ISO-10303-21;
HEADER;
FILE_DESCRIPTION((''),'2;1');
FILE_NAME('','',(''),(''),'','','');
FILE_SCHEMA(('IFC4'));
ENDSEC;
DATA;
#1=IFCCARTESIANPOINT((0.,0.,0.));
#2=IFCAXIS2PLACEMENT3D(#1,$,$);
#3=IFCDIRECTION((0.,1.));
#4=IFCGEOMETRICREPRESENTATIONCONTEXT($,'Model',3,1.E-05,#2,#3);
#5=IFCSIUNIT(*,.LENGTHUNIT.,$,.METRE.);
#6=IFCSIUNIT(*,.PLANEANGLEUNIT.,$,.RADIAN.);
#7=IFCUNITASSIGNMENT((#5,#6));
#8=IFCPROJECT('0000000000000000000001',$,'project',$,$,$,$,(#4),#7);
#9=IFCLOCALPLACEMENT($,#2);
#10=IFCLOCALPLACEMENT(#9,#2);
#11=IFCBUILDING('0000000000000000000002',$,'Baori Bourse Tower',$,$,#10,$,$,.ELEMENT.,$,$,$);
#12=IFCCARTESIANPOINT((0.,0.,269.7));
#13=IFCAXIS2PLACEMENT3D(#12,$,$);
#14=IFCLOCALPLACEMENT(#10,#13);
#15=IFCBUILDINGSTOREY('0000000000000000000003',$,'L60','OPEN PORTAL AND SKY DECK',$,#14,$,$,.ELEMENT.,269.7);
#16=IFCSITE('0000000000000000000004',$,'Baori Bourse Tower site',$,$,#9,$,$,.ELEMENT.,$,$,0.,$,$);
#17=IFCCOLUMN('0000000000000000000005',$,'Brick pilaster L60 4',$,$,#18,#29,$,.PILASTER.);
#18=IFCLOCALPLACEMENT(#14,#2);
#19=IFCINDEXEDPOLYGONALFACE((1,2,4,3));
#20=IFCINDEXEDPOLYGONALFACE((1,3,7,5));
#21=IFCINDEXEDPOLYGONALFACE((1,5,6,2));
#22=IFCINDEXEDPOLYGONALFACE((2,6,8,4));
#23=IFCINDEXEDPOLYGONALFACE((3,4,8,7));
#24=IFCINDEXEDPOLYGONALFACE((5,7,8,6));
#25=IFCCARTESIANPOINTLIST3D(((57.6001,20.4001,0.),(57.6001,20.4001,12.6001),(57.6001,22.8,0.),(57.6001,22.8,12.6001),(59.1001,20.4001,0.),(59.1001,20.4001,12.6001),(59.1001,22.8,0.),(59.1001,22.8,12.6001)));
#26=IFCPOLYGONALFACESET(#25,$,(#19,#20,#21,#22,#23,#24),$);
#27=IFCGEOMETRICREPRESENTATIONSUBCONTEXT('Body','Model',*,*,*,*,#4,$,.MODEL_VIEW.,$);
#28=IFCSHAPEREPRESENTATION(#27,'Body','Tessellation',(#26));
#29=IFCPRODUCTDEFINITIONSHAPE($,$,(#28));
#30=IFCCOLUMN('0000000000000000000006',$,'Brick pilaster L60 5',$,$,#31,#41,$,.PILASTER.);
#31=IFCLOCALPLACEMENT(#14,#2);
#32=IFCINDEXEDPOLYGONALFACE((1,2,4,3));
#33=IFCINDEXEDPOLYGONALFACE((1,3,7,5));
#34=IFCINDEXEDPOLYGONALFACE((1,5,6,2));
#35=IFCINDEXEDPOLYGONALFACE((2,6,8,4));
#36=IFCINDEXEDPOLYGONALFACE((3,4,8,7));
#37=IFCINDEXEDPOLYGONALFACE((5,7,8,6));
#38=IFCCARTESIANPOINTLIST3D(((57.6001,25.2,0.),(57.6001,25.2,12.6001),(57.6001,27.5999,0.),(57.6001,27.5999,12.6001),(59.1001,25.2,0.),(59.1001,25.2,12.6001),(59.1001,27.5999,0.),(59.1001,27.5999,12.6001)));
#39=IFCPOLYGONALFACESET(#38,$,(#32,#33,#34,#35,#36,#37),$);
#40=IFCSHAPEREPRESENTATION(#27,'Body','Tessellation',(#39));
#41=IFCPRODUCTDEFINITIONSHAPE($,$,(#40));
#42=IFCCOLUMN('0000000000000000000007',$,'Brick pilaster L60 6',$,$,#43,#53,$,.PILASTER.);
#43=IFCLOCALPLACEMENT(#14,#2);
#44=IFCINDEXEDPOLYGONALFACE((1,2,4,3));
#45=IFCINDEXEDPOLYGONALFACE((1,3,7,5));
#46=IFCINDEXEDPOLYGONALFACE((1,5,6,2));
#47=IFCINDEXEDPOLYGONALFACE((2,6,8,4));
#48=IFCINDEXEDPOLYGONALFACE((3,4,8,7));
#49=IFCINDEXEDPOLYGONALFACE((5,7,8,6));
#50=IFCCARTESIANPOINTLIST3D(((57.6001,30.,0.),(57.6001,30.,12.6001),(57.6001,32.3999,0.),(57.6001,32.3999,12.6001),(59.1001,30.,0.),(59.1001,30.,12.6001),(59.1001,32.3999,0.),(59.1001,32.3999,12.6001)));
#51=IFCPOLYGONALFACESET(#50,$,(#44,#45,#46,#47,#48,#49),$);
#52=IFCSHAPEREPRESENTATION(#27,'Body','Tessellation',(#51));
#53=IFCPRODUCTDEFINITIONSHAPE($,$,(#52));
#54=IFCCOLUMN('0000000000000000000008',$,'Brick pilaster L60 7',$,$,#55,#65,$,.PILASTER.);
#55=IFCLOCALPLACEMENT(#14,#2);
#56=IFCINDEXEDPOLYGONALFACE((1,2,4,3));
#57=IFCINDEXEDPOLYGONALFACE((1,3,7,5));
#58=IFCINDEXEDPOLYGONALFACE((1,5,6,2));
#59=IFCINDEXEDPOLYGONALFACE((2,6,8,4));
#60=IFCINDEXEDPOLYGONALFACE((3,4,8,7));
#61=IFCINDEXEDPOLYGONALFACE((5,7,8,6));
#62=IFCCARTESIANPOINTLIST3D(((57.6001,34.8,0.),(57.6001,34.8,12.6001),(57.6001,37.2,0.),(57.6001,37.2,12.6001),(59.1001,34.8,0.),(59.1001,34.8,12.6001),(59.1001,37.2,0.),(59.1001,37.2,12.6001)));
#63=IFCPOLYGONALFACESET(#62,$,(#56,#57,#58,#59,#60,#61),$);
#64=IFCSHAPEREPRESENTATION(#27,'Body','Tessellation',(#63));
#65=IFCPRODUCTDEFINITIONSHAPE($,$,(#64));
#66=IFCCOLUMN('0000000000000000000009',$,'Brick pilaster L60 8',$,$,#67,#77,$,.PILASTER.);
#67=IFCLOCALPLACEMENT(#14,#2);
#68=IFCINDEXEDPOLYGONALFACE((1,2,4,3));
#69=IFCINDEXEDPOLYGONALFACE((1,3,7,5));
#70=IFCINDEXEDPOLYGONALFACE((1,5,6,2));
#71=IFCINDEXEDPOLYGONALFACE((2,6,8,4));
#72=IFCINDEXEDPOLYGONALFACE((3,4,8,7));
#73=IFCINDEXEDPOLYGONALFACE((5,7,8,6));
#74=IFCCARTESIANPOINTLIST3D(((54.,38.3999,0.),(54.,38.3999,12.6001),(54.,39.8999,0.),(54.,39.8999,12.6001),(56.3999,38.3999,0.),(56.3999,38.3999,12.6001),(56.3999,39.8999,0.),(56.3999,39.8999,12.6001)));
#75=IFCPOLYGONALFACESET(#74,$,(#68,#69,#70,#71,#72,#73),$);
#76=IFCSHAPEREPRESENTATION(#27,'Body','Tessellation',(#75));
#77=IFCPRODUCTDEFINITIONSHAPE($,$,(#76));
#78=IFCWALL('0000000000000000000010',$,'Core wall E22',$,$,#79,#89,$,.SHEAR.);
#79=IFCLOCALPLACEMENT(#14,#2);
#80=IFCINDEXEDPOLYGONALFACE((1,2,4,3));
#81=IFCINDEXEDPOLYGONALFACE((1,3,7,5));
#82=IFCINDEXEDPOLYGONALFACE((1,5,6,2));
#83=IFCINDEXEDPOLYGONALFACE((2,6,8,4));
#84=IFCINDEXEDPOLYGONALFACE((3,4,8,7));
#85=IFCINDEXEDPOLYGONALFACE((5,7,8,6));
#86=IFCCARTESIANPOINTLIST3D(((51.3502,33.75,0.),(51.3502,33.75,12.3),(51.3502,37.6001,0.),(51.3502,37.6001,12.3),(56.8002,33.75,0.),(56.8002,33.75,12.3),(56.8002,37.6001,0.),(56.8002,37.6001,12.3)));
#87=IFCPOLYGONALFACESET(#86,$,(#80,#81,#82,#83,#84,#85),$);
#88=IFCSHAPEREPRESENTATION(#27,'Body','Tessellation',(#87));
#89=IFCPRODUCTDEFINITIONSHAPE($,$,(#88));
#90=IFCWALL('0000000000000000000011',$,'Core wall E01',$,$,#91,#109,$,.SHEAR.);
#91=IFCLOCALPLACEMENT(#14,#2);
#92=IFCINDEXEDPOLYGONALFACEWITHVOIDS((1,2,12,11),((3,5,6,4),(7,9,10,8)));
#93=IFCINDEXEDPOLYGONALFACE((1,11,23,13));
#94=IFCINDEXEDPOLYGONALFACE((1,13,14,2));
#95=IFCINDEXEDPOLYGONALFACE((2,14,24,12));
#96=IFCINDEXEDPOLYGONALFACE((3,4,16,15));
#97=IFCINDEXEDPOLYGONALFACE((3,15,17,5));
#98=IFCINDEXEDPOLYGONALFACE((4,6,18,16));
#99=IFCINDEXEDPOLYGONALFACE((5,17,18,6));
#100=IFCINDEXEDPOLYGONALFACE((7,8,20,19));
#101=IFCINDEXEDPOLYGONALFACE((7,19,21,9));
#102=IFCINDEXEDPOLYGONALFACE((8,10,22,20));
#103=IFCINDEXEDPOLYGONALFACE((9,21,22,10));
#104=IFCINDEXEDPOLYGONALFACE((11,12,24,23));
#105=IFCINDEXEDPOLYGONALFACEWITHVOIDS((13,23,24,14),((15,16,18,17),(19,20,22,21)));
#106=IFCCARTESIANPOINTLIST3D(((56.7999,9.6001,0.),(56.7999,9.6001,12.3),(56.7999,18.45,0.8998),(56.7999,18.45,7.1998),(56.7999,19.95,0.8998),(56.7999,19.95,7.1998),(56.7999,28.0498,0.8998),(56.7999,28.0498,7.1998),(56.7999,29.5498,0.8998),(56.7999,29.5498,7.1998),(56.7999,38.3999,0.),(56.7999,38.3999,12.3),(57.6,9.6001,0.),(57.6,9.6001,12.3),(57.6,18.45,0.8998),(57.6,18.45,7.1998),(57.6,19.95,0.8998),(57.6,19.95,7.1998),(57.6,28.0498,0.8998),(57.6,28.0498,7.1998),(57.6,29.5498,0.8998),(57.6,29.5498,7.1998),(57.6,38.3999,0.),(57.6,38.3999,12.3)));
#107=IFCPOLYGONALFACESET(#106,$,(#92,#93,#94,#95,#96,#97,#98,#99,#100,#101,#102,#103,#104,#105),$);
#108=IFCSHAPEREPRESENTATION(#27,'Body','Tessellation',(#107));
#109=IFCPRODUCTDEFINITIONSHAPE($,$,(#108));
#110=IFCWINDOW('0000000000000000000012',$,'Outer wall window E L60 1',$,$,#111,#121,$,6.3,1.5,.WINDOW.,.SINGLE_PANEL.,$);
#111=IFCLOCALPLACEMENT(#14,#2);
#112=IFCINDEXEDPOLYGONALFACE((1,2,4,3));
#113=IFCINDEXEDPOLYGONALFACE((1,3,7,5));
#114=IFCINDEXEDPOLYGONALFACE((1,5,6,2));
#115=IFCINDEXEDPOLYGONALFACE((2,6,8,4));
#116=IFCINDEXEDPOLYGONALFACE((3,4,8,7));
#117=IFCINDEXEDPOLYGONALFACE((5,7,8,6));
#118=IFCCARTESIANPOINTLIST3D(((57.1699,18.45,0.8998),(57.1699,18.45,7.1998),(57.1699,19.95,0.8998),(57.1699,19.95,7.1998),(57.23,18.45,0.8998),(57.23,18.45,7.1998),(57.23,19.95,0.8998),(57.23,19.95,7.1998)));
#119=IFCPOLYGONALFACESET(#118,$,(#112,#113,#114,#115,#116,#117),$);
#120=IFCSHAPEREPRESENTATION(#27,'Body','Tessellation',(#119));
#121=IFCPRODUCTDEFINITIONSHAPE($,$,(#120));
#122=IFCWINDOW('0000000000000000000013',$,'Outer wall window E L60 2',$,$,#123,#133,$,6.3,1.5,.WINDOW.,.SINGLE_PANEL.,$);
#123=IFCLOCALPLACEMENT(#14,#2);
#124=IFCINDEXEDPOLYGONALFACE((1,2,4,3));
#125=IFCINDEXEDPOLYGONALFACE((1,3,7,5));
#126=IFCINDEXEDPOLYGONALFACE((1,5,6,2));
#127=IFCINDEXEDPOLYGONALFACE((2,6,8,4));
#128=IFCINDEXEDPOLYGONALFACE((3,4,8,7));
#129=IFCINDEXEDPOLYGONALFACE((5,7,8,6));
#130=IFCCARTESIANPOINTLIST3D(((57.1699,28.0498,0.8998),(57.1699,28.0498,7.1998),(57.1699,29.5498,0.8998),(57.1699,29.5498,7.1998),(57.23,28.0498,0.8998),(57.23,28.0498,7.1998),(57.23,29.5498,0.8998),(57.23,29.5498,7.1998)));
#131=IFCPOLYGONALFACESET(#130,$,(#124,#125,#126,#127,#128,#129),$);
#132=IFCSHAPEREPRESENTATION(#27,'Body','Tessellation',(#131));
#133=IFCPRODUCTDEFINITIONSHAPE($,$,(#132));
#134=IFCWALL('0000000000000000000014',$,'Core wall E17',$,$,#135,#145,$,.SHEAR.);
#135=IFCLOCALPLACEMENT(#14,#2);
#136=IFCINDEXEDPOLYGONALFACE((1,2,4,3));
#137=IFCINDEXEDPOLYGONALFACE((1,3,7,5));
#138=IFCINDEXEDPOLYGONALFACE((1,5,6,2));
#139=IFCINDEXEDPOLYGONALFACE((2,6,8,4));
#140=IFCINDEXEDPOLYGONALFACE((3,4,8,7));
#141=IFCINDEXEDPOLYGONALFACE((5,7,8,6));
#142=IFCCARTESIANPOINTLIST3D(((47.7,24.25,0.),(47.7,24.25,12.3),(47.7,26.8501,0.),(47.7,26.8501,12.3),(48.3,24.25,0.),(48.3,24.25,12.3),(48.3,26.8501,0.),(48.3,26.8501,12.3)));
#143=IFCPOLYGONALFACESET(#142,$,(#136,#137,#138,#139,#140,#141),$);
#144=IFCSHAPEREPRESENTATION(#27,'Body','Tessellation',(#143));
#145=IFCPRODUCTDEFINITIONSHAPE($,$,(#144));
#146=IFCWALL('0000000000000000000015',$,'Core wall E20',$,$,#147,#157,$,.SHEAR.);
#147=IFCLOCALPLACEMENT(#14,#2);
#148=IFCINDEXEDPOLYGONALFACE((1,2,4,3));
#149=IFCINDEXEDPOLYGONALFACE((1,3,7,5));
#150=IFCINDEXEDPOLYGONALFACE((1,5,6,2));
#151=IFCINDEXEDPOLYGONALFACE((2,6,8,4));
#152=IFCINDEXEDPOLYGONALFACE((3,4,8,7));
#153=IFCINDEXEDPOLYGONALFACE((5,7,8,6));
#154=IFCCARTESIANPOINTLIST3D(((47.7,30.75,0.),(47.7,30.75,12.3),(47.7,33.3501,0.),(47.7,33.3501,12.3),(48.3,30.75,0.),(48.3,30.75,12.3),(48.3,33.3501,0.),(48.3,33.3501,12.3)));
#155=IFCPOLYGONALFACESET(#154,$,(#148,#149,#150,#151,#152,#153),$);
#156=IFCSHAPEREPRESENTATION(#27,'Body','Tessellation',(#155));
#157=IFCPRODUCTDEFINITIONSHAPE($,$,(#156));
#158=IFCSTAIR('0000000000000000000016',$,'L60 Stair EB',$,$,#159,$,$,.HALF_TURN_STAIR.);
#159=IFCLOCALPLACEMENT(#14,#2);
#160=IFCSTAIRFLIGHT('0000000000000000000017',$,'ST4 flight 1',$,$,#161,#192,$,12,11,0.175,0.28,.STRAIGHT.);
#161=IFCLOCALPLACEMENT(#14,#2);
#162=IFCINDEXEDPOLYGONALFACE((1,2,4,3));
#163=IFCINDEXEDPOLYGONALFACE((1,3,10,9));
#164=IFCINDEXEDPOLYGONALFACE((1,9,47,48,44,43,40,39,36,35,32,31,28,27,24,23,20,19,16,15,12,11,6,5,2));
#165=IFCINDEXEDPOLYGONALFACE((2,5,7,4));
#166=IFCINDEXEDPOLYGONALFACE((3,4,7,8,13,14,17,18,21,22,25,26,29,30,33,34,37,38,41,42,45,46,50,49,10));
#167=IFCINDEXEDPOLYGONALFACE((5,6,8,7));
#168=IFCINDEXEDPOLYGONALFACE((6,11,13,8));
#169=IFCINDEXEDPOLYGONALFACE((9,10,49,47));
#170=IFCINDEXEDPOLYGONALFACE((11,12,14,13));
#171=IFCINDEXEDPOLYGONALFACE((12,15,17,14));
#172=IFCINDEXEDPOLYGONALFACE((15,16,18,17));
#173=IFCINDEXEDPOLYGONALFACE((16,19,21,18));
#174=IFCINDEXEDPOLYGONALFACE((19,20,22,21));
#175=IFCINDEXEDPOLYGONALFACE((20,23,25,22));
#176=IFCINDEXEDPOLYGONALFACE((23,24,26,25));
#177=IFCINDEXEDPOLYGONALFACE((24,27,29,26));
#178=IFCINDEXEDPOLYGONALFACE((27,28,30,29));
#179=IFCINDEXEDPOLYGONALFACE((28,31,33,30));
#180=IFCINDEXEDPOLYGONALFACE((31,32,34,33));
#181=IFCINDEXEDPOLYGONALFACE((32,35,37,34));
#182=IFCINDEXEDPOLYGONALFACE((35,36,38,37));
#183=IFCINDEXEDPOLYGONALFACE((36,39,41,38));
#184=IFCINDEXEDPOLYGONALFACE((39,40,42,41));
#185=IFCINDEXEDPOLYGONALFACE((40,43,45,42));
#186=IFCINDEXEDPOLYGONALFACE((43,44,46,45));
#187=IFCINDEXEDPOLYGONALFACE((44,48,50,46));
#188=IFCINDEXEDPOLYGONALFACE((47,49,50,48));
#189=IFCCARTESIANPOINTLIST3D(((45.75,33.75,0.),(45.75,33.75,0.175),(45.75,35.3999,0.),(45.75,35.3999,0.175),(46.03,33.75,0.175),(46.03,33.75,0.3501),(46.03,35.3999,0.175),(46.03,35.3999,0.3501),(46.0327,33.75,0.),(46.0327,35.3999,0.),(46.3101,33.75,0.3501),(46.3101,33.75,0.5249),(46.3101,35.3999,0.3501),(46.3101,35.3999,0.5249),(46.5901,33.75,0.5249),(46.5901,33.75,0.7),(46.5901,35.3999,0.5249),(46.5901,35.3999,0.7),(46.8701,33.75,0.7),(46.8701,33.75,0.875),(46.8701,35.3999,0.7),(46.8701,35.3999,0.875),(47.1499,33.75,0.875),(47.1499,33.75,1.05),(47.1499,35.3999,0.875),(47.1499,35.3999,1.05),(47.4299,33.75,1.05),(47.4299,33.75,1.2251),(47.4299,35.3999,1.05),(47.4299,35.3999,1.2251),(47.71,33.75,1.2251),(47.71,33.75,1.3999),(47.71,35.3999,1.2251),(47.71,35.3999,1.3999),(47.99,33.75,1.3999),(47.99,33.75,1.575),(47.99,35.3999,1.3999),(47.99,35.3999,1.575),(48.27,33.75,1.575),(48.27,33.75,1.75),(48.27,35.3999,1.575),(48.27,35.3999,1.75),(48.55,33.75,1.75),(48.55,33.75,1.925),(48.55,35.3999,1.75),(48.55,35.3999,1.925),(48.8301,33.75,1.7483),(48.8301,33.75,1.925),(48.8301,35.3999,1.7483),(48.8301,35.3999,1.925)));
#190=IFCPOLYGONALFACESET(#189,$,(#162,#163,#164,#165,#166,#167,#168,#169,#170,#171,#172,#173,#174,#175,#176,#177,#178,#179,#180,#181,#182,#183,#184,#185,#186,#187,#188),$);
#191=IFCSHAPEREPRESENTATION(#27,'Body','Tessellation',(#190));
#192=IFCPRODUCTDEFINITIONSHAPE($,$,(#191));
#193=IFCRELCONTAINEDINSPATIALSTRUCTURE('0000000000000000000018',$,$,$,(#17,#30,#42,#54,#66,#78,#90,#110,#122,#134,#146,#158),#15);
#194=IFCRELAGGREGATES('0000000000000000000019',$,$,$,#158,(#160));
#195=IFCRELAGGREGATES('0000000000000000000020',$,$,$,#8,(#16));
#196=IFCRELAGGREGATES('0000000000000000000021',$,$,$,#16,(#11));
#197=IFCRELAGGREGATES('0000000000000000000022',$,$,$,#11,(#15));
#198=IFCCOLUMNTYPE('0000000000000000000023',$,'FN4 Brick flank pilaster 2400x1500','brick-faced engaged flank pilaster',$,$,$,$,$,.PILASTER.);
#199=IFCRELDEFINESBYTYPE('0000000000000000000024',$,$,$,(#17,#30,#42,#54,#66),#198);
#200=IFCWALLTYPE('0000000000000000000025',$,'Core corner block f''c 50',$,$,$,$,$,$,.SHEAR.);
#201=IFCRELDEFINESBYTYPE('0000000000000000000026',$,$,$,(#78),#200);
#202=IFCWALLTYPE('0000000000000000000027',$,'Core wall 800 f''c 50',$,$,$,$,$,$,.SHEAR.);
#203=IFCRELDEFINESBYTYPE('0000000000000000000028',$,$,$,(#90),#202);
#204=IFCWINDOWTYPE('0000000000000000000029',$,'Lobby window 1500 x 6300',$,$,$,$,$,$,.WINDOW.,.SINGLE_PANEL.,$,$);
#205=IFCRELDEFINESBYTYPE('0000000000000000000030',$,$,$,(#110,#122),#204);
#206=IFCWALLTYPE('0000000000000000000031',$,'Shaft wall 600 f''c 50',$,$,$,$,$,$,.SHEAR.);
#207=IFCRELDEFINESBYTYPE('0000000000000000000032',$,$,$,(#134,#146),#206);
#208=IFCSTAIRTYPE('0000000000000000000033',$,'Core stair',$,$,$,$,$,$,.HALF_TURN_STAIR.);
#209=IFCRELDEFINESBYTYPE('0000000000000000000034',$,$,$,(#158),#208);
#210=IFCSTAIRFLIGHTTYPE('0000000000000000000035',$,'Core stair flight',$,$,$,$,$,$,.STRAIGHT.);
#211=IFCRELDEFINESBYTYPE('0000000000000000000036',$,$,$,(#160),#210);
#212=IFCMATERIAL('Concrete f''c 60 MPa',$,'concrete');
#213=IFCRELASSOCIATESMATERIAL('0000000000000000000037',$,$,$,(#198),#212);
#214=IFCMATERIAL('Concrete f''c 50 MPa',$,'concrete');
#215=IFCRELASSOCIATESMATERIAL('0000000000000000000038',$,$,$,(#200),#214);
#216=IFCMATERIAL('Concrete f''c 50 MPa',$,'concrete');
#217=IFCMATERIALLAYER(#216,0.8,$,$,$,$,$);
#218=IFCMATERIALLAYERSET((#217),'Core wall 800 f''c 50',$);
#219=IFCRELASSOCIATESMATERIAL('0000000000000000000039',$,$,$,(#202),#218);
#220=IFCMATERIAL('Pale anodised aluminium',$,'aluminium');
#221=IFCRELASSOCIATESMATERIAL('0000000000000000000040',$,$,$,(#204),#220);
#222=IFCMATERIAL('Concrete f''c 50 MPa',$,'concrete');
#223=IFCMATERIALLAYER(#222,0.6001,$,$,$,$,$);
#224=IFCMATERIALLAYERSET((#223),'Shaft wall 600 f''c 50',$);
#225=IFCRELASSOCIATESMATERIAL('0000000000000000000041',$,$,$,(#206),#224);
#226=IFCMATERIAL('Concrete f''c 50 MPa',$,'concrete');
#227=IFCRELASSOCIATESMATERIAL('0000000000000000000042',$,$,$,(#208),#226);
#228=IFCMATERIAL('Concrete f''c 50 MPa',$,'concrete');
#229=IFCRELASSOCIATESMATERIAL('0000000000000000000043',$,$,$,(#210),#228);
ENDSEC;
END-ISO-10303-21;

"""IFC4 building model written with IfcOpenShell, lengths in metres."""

from ifc_helpers import new_model, si_unit, direction, frame, frame_2d, origin, origin_2d, place, context, subcontext, project, spatial, polyline, rectangle, outline, extrude, material, layer, layer_set, material_profile, profile_set, type_object, element, fill, aggregate, save


model = new_model("IFC4")

# Units and contexts
model_context = context("Model", 3, precision=1e-05, world=origin(), true_north=direction((0.0, 1.0)))
body_context = subcontext(model_context, "Body", "Model", "MODEL_VIEW")
ifc_project = project(units=[si_unit("LENGTHUNIT", "METRE"), si_unit("PLANEANGLEUNIT", "RADIAN")], contexts=[model_context])

# Site, building, storey
site_placement = place(None, origin())
site = spatial("IfcSite", under=ifc_project, at=site_placement, Name="Baori Bourse Tower site", CompositionType="ELEMENT", RefElevation=0.0)
building_placement = place(site_placement, origin())
building = spatial("IfcBuilding", under=site, at=building_placement, Name="Baori Bourse Tower", CompositionType="ELEMENT")
storey_placement = place(building_placement, frame((0.0, 0.0, 269.7)))
storey = spatial("IfcBuildingStorey", under=building, at=storey_placement, Name="L60", Description="OPEN PORTAL AND SKY DECK", CompositionType="ELEMENT", Elevation=269.7)

# Columns
ifc_material_1 = material(Name="Concrete f'c 60 MPa", Category="concrete")
ifc_material_profile = material_profile(ifc_material_1, rectangle(XDim=2.3999, YDim=1.5, at=origin_2d()), Name="RC 2400x1500")
ifc_profile_set = profile_set([ifc_material_profile], Name="Concrete f'c 60 MPa")
column_type = type_object("IfcColumnType", Name="FN4 Brick flank pilaster 2400x1500", Description="brick-faced engaged flank pilaster", PredefinedType="PILASTER", material=ifc_profile_set)
for number, where, z_axis, x_axis, name in (
    (1, (58.3501, 21.6001, 0.0), (0.0, 0.0, 1.0), (0.0, 1.0, 0.0), "Brick pilaster L60 4"),
    (2, (58.3501, 26.3999, 0.0), (0.0, 0.0, 1.0), (0.0, 1.0, 0.0), "Brick pilaster L60 5"),
    (3, (58.3501, 31.2, 0.0), (0.0, 0.0, 1.0), (0.0, 1.0, 0.0), "Brick pilaster L60 6"),
    (4, (58.3501, 36.0, 0.0), (0.0, 0.0, 1.0), (0.0, 1.0, 0.0), "Brick pilaster L60 7"),
    (5, (55.2, 39.1499, 0.0), (0.0, 0.0, 1.0), (1.0, 0.0, 0.0), "Brick pilaster L60 8"),
):
    element("IfcColumn", number, at=place(storey_placement, frame(where, z_axis=z_axis, x_axis=x_axis)), inside=storey, type_object=column_type, Name=name, PredefinedType="PILASTER", context=body_context, shape_type="SweptSolid", body=[
        extrude(rectangle(XDim=2.3999, YDim=1.5, at=origin_2d()), origin(), (0.0, 0.0, 1.0), 12.6001),
    ])

# Wall
ifc_material_2 = material(Name="Concrete f'c 50 MPa", Category="concrete")
wall_type_1 = type_object("IfcWallType", Name="Core corner block f'c 50", PredefinedType="SHEAR", material=ifc_material_2)
wall_1_placement = place(storey_placement, frame((51.3501, 35.675, 0.0), z_axis=(0.0, 0.0, 1.0), x_axis=(1.0, 0.0, 0.0)))
element("IfcWall", 6, at=wall_1_placement, inside=storey, type_object=wall_type_1, Name="Core wall E22", PredefinedType="SHEAR", context=body_context, shape_type="SweptSolid", body=[
    extrude(rectangle(XDim=5.45, YDim=3.8501, at=frame_2d((2.7251, 0.0))), origin(), (0.0, 0.0, 1.0), 12.3),
])

# Wall, openings, windows
ifc_material_3 = material(Name="Concrete f'c 50 MPa", Category="concrete")
ifc_layer_1 = layer(ifc_material_3, 0.8)
ifc_layer_set_1 = layer_set([ifc_layer_1], Name="Core wall 800 f'c 50")
wall_type_2 = type_object("IfcWallType", Name="Core wall 800 f'c 50", PredefinedType="SHEAR", material=ifc_layer_set_1)
wall_2_placement = place(storey_placement, frame((57.2, 38.3999, 0.0), z_axis=(0.0, 0.0, 1.0), x_axis=(0.0, -1.0, 0.0)))
wall_2 = element("IfcWall", 7, at=wall_2_placement, inside=storey, type_object=wall_type_2, Name="Core wall E01", PredefinedType="SHEAR", context=body_context, shape_type="SweptSolid", body=[
    extrude(rectangle(XDim=28.7998, YDim=0.8, at=frame_2d((14.3999, 0.0))), origin(), (0.0, 0.0, 1.0), 12.3),
])
opening_1_placement = place(wall_2_placement, frame((18.45, 0.0, 0.8999)))
opening_1 = element("IfcOpeningElement", 8, at=opening_1_placement, cuts=wall_2, PredefinedType="OPENING", context=body_context, shape_type="SweptSolid", body=[
    extrude(rectangle(XDim=1.5, YDim=6.3, at=frame_2d((0.75, 3.1499))), frame((0.0, 0.4099, 0.0), z_axis=(0.0, -1.0, 0.0), x_axis=(1.0, 0.0, 0.0)), (0.0, 0.0, 1.0), 0.8201),
])
opening_2_placement = place(wall_2_placement, frame((8.8501, 0.0, 0.8999)))
opening_2 = element("IfcOpeningElement", 9, at=opening_2_placement, cuts=wall_2, PredefinedType="OPENING", context=body_context, shape_type="SweptSolid", body=[
    extrude(rectangle(XDim=1.5, YDim=6.3, at=frame_2d((0.75, 3.1499))), frame((0.0, 0.4099, 0.0), z_axis=(0.0, -1.0, 0.0), x_axis=(1.0, 0.0, 0.0)), (0.0, 0.0, 1.0), 0.8201),
])
ifc_material_4 = material(Name="Pale anodised aluminium", Category="aluminium")
window_type = type_object("IfcWindowType", Name="Lobby window 1500 x 6300", PartitioningType="SINGLE_PANEL", PredefinedType="WINDOW", material=ifc_material_4)
window_1_placement = place(opening_1_placement, origin())
window_1 = element("IfcWindow", 10, at=window_1_placement, inside=storey, type_object=window_type, Name="Outer wall window E L60 1", OverallHeight=6.3, OverallWidth=1.5, PartitioningType="SINGLE_PANEL", PredefinedType="WINDOW", context=body_context, shape_type="SweptSolid", body=[
    extrude(rectangle(XDim=1.5, YDim=6.3, at=frame_2d((0.75, 3.1499))), frame((0.0, 0.03, 0.0), z_axis=(0.0, -1.0, 0.0), x_axis=(1.0, 0.0, 0.0)), (0.0, 0.0, 1.0), 0.0601),
])
fill(opening_1, window_1)
window_2_placement = place(opening_2_placement, origin())
window_2 = element("IfcWindow", 11, at=window_2_placement, inside=storey, type_object=window_type, Name="Outer wall window E L60 2", OverallHeight=6.3, OverallWidth=1.5, PartitioningType="SINGLE_PANEL", PredefinedType="WINDOW", context=body_context, shape_type="SweptSolid", body=[
    extrude(rectangle(XDim=1.5, YDim=6.3, at=frame_2d((0.75, 3.1499))), frame((0.0, 0.03, 0.0), z_axis=(0.0, -1.0, 0.0), x_axis=(1.0, 0.0, 0.0)), (0.0, 0.0, 1.0), 0.0601),
])
fill(opening_2, window_2)

# Walls
ifc_material_5 = material(Name="Concrete f'c 50 MPa", Category="concrete")
ifc_layer_2 = layer(ifc_material_5, 0.6001)
ifc_layer_set_2 = layer_set([ifc_layer_2], Name="Shaft wall 600 f'c 50")
wall_type_3 = type_object("IfcWallType", Name="Shaft wall 600 f'c 50", PredefinedType="SHEAR", material=ifc_layer_set_2)
for number, where, z_axis, x_axis, name in (
    (12, (48.0, 24.25, 0.0), (0.0, 0.0, 1.0), (0.0, 1.0, 0.0), "Core wall E17"),
    (13, (48.0, 30.75, 0.0), (0.0, 0.0, 1.0), (0.0, 1.0, 0.0), "Core wall E20"),
):
    element("IfcWall", number, at=place(storey_placement, frame(where, z_axis=z_axis, x_axis=x_axis)), inside=storey, type_object=wall_type_3, Name=name, PredefinedType="SHEAR", context=body_context, shape_type="SweptSolid", body=[
        extrude(rectangle(XDim=2.6001, YDim=0.6001, at=frame_2d((1.3, 0.0))), origin(), (0.0, 0.0, 1.0), 12.3),
    ])

# Stair, stair flight
ifc_material_6 = material(Name="Concrete f'c 50 MPa", Category="concrete")
stair_type = type_object("IfcStairType", Name="Core stair", PredefinedType="HALF_TURN_STAIR", material=ifc_material_6)
stair_placement = place(storey_placement, origin())
stair = element("IfcStair", 14, at=stair_placement, inside=storey, type_object=stair_type, Name="L60 Stair EB", PredefinedType="HALF_TURN_STAIR")
ifc_material_7 = material(Name="Concrete f'c 50 MPa", Category="concrete")
stair_flight_type = type_object("IfcStairFlightType", Name="Core stair flight", PredefinedType="STRAIGHT", material=ifc_material_7)
stair_flight_1_placement = place(storey_placement, frame((45.75, 34.575, 0.0), z_axis=(0.0, 0.0, 1.0), x_axis=(1.0, 0.0, 0.0)))
stair_flight_1 = element("IfcStairFlight", 15, at=stair_flight_1_placement, type_object=stair_flight_type, Name="ST4 flight 1", NumberOfRisers=12, NumberOfTreads=11, PredefinedType="STRAIGHT", RiserHeight=0.175, TreadLength=0.28, context=body_context, shape_type="SweptSolid", body=[
    extrude(outline(polyline([(0.0, 0.0), (0.0, 0.175), (0.28, 0.175), (0.28, 0.3501), (0.5601, 0.3501), (0.5601, 0.5249), (0.8401, 0.5249), (0.8401, 0.7), (1.1201, 0.7), (1.1201, 0.875), (1.3999, 0.875), (1.3999, 1.05), (1.6799, 1.05), (1.6799, 1.2251), (1.96, 1.2251), (1.96, 1.3999), (2.24, 1.3999), (2.24, 1.575), (2.52, 1.575), (2.52, 1.75), (2.8, 1.75), (2.8, 1.925), (3.0801, 1.925), (3.0801, 2.1001), (3.0801, 1.7483), (0.2827, 0.0), (0.0, 0.0)])), frame((0.0, 0.825, 0.0), z_axis=(0.0, -1.0, 0.0), x_axis=(1.0, 0.0, 0.0)), (0.0, 0.0, 1.0), 1.6499),
])
aggregate(stair, [stair_flight_1])

save(model, "model.ifc")
